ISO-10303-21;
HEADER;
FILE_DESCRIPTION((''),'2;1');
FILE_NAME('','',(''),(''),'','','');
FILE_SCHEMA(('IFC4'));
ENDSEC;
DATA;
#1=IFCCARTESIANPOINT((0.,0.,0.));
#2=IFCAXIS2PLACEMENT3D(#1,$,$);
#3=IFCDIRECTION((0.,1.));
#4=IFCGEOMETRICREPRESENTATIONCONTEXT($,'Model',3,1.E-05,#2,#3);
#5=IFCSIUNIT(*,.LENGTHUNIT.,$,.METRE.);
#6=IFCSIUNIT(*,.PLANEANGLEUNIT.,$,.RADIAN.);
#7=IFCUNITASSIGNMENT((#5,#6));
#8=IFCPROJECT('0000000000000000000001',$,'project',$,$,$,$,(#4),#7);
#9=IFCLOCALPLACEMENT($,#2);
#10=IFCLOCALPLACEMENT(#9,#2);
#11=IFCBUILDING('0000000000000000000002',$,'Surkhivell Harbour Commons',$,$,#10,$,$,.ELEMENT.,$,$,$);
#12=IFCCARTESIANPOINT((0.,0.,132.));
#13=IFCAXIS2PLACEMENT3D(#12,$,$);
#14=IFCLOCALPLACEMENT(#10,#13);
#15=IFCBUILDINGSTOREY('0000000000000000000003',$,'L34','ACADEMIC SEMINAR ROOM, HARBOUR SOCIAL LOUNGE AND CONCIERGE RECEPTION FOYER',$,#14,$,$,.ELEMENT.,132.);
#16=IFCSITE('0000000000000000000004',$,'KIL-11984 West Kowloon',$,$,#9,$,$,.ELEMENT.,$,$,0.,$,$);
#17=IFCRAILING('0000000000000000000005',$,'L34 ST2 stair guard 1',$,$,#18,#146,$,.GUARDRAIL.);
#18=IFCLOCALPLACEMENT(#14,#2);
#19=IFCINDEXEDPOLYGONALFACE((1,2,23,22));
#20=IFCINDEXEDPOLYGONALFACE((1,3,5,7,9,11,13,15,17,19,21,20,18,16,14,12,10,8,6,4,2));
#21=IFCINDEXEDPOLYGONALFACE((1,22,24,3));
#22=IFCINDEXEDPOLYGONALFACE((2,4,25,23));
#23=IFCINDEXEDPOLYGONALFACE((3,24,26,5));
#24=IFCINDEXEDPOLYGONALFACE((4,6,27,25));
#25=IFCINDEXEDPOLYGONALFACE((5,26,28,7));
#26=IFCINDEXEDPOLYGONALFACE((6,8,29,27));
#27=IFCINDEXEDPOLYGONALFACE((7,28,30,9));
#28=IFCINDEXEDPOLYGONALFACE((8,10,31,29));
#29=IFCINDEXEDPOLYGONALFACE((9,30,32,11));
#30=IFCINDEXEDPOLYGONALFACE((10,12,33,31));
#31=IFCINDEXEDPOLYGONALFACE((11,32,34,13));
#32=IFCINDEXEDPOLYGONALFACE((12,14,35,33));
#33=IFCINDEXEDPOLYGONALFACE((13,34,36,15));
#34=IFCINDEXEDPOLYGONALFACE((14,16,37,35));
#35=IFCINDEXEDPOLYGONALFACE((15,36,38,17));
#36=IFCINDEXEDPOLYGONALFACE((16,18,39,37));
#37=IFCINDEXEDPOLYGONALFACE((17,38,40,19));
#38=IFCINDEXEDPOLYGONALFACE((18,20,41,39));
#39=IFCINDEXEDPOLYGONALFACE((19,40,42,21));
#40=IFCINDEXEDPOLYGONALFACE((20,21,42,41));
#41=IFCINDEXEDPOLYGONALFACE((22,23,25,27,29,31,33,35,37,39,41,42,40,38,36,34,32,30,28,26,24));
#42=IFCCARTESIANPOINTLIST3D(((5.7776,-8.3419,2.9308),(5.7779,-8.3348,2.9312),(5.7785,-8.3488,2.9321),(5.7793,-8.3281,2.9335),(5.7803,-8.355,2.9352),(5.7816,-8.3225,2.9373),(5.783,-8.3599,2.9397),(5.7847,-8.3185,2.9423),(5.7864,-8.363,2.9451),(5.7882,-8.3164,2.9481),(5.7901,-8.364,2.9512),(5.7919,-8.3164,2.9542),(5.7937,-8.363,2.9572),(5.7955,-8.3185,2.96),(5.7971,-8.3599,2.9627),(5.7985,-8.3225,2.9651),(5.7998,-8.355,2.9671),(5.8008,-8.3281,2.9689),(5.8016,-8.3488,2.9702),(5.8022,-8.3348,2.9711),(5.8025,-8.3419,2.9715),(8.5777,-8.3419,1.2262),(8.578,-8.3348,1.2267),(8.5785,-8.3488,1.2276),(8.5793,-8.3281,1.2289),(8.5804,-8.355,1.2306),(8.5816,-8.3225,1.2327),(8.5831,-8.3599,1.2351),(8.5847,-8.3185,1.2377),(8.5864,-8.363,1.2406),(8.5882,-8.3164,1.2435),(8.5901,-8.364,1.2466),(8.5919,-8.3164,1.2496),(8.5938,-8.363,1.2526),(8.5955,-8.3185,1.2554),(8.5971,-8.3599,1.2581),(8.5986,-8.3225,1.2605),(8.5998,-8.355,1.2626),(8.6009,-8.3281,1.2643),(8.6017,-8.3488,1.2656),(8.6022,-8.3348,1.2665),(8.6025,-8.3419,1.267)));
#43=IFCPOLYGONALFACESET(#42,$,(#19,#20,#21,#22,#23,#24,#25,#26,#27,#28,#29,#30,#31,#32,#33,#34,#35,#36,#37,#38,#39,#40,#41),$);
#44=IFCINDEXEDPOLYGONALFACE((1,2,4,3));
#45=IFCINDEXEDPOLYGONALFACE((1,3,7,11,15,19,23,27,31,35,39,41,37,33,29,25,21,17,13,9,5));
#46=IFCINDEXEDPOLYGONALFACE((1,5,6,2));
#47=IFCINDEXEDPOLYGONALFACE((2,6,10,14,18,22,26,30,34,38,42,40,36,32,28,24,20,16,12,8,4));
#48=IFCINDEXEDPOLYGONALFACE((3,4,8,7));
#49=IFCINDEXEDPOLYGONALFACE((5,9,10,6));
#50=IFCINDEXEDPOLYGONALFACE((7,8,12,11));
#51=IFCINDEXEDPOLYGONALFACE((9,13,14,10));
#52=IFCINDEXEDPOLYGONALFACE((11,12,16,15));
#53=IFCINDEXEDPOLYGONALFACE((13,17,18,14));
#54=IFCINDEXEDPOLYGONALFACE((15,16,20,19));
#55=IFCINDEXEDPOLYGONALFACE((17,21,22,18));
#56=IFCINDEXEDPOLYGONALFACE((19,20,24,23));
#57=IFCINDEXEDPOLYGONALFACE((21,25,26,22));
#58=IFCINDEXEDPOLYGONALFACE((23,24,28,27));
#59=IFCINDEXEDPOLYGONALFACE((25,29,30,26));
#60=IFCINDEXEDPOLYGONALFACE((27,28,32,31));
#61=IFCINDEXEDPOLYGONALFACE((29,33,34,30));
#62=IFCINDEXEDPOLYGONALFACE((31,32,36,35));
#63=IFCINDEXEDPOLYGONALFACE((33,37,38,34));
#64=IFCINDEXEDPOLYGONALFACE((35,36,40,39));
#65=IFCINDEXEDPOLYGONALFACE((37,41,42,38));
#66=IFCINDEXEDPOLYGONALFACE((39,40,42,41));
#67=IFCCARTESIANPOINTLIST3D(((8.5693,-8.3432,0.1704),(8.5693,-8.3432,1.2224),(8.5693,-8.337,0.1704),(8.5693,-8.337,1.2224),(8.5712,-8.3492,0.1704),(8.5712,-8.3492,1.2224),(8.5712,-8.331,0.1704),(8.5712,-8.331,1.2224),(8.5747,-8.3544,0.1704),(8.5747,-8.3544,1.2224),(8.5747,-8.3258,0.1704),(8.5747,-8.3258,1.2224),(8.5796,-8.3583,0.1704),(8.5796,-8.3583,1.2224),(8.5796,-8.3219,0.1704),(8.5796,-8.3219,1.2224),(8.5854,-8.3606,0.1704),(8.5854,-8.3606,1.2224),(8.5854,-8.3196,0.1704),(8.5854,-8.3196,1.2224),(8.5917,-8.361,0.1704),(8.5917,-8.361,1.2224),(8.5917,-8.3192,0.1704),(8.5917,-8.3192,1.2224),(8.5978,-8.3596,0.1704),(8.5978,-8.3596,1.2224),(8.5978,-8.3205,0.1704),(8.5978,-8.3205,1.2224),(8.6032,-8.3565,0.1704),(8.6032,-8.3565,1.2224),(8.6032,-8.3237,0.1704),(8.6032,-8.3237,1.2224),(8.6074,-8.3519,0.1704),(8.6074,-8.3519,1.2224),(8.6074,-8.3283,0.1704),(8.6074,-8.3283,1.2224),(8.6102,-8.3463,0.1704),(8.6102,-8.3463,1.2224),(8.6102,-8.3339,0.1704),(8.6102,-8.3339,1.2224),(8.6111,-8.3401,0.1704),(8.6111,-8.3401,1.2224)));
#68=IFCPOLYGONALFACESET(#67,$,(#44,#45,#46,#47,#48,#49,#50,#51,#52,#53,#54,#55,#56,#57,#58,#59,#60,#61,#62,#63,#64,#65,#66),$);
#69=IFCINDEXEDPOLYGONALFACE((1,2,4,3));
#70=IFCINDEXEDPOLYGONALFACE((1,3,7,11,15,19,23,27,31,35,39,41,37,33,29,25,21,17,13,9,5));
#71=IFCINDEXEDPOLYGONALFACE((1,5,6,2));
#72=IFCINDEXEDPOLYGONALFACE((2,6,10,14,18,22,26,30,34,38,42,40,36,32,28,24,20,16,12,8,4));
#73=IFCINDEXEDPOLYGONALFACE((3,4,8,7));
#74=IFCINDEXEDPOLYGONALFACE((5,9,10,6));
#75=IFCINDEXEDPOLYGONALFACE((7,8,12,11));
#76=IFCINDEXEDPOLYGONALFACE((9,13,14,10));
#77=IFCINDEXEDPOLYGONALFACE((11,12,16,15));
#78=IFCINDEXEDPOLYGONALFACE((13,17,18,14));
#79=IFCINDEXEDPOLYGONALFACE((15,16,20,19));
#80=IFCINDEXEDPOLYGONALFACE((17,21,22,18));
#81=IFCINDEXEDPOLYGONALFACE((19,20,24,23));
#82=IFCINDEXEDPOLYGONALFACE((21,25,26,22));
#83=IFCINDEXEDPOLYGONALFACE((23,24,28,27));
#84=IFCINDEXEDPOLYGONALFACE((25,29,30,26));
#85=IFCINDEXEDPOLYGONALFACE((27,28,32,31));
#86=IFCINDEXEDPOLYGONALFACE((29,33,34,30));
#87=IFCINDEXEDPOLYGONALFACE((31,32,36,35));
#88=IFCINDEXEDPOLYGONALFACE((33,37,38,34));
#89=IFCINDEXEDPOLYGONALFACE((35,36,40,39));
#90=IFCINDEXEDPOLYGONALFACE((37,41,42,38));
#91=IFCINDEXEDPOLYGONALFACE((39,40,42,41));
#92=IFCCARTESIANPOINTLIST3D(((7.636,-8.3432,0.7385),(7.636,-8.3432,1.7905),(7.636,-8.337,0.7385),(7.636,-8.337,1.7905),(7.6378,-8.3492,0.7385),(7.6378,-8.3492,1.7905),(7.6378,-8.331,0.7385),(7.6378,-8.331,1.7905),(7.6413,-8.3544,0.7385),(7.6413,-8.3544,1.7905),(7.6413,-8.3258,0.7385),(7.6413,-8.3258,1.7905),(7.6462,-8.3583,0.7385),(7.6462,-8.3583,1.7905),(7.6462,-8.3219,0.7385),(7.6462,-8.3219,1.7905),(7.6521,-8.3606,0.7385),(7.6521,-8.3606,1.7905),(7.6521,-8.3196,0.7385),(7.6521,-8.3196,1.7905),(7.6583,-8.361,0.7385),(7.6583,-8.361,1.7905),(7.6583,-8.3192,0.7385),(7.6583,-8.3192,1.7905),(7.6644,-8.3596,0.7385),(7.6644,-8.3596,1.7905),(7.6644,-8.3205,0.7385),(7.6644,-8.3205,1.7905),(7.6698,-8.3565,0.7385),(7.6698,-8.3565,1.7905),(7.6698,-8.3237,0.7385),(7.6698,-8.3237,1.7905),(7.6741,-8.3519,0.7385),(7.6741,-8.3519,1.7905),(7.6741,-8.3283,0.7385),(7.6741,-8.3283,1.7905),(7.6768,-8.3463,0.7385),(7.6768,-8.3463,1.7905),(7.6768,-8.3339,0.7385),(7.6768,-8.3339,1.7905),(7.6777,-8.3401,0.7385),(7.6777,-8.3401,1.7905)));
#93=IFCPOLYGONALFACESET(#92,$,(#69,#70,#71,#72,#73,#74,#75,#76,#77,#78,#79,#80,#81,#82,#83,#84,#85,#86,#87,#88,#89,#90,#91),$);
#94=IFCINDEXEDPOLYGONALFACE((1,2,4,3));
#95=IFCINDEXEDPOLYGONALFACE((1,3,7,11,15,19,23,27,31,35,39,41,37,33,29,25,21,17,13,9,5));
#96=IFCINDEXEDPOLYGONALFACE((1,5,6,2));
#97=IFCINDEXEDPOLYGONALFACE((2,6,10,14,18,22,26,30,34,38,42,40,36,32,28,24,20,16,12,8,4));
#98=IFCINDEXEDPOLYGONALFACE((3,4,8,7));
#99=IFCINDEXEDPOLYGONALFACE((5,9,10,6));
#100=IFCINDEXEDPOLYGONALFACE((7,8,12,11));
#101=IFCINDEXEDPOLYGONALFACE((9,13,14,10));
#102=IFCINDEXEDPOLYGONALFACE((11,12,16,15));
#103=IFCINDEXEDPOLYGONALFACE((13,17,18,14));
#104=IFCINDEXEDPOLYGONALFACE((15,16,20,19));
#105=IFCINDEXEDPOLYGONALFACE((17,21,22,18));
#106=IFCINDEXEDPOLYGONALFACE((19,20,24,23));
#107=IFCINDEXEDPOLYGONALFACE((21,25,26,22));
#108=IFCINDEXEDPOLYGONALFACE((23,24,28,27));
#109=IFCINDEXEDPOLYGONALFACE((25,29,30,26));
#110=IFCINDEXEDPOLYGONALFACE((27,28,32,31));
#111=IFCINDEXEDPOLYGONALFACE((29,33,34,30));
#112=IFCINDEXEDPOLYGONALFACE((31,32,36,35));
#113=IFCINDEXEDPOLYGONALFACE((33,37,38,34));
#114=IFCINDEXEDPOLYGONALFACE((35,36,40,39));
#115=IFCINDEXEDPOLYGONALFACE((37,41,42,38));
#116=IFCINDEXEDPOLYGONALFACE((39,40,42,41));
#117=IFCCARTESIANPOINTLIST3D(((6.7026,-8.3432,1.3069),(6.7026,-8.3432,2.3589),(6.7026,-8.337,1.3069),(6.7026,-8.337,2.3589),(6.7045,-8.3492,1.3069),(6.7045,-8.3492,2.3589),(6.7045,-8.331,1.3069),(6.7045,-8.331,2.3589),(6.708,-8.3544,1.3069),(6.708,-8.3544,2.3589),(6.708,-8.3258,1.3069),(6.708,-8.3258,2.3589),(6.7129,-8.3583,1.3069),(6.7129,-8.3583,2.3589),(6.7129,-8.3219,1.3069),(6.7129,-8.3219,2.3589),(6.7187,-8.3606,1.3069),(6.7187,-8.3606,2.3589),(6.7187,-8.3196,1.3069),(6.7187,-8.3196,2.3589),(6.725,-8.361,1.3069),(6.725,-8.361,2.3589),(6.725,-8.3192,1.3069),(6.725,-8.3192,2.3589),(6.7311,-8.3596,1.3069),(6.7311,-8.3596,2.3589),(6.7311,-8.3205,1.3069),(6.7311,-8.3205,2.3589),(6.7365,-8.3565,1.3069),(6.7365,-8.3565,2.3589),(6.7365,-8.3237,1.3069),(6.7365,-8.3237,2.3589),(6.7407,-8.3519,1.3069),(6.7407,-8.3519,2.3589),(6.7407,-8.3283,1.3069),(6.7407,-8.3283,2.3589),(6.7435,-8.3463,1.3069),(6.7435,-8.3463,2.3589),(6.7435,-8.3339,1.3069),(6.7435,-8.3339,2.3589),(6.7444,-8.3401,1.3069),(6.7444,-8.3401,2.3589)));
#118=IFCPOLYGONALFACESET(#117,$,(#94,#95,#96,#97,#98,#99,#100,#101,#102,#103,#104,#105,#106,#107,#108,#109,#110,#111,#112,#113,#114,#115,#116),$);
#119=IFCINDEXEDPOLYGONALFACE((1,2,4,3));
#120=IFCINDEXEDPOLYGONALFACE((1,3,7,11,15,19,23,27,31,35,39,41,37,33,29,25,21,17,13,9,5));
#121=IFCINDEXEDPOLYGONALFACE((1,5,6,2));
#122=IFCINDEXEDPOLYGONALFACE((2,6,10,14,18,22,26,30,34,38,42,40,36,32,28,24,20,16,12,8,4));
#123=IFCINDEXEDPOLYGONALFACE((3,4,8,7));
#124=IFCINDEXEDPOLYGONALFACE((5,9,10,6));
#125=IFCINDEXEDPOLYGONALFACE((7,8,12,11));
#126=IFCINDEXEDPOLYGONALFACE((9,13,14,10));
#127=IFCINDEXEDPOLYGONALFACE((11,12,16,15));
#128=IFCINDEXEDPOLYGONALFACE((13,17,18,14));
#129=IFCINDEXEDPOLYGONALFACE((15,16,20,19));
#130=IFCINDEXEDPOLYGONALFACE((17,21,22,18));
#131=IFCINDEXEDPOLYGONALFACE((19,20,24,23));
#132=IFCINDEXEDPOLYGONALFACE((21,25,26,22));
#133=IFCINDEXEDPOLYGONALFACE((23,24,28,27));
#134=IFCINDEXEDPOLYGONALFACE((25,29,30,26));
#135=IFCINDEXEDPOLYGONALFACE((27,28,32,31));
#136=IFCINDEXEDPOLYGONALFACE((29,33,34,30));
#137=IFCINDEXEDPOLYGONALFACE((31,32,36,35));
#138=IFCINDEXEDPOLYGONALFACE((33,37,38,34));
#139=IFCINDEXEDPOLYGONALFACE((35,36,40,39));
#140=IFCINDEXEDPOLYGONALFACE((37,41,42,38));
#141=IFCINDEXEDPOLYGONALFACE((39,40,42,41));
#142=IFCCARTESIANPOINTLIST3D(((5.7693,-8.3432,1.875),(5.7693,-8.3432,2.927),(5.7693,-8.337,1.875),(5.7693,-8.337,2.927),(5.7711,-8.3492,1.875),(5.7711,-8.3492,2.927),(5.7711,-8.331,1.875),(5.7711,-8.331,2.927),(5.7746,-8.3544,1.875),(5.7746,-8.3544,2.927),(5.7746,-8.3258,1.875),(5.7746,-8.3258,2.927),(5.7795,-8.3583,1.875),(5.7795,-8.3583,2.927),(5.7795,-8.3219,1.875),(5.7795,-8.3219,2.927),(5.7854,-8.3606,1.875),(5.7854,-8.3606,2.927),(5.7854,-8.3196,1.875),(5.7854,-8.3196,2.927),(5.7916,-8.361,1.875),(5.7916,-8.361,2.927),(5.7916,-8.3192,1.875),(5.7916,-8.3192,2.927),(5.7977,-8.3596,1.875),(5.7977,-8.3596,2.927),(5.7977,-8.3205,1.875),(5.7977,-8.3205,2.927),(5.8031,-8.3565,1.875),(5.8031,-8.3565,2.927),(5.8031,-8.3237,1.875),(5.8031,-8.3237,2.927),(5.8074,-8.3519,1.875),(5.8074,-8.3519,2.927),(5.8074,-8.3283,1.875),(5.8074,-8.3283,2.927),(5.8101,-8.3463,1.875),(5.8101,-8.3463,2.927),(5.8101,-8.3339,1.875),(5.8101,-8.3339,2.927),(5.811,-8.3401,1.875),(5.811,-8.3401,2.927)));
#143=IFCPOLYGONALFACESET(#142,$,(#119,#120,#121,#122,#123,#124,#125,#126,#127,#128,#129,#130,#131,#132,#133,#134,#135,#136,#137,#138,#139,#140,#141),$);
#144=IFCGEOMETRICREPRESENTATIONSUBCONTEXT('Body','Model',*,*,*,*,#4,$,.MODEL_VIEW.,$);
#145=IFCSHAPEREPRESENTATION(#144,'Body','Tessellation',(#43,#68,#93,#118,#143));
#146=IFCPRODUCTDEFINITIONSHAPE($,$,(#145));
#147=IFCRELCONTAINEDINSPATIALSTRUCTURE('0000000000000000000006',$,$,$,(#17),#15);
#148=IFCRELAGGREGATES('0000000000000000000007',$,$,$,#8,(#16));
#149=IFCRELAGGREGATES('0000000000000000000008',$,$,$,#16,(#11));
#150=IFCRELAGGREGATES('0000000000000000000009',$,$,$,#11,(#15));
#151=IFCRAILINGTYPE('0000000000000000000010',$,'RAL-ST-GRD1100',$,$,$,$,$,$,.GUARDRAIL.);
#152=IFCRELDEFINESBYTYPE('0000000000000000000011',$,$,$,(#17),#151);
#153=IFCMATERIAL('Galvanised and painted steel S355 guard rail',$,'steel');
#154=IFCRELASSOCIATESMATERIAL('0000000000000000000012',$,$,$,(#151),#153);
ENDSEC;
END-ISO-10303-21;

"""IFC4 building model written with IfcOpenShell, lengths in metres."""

from ifc_helpers import new_model, si_unit, direction, frame, origin, origin_2d, place, context, subcontext, project, spatial, circle, extrude, material, type_object, element, save


model = new_model("IFC4")

# Units and contexts
model_context = context("Model", 3, precision=1e-05, world=origin(), true_north=direction((0.0, 1.0)))
body_context = subcontext(model_context, "Body", "Model", "MODEL_VIEW")
ifc_project = project(units=[si_unit("LENGTHUNIT", "METRE"), si_unit("PLANEANGLEUNIT", "RADIAN")], contexts=[model_context])

# Site, building, storey
site_placement = place(None, origin())
site = spatial("IfcSite", under=ifc_project, at=site_placement, Name="KIL-11984 West Kowloon", CompositionType="ELEMENT", RefElevation=0.0)
building_placement = place(site_placement, origin())
building = spatial("IfcBuilding", under=site, at=building_placement, Name="Surkhivell Harbour Commons", CompositionType="ELEMENT")
storey_placement = place(building_placement, frame((0.0, 0.0, 132.0)))
storey = spatial("IfcBuildingStorey", under=building, at=storey_placement, Name="L34", Description="ACADEMIC SEMINAR ROOM, HARBOUR SOCIAL LOUNGE AND CONCIERGE RECEPTION FOYER", CompositionType="ELEMENT", Elevation=132.0)

# Railing
ifc_material_1 = material(Name="Galvanised and painted steel S355 guard rail", Category="steel")
railing_type = type_object("IfcRailingType", Name="RAL-ST-GRD1100", PredefinedType="GUARDRAIL", material=ifc_material_1)
railing_1_placement = place(storey_placement, frame((8.5901, -8.3401, 0.1704)))
element("IfcRailing", 1, at=railing_1_placement, inside=storey, type_object=railing_type, Name="L34 ST2 stair guard 1", PredefinedType="GUARDRAIL", context=body_context, shape_type="SweptSolid", body=[
    extrude(circle(Radius=0.0239, at=origin_2d()), frame((0.0, 0.0, 1.0762), z_axis=(-0.85417, 0.0, 0.519994), x_axis=(0.0, -1.0, 0.0)), (0.0, 0.0, 1.0), 3.2781),
    extrude(circle(Radius=0.021, at=origin_2d()), origin(), (0.0, 0.0, 1.0), 1.052),
    extrude(circle(Radius=0.021, at=origin_2d()), frame((-0.9333, 0.0, 0.5681)), (0.0, 0.0, 1.0), 1.052),
    extrude(circle(Radius=0.021, at=origin_2d()), frame((-1.8667, 0.0, 1.1365)), (0.0, 0.0, 1.0), 1.052),
    extrude(circle(Radius=0.021, at=origin_2d()), frame((-2.8, 0.0, 1.7046)), (0.0, 0.0, 1.0), 1.052),
])

save(model, "model.ifc")
